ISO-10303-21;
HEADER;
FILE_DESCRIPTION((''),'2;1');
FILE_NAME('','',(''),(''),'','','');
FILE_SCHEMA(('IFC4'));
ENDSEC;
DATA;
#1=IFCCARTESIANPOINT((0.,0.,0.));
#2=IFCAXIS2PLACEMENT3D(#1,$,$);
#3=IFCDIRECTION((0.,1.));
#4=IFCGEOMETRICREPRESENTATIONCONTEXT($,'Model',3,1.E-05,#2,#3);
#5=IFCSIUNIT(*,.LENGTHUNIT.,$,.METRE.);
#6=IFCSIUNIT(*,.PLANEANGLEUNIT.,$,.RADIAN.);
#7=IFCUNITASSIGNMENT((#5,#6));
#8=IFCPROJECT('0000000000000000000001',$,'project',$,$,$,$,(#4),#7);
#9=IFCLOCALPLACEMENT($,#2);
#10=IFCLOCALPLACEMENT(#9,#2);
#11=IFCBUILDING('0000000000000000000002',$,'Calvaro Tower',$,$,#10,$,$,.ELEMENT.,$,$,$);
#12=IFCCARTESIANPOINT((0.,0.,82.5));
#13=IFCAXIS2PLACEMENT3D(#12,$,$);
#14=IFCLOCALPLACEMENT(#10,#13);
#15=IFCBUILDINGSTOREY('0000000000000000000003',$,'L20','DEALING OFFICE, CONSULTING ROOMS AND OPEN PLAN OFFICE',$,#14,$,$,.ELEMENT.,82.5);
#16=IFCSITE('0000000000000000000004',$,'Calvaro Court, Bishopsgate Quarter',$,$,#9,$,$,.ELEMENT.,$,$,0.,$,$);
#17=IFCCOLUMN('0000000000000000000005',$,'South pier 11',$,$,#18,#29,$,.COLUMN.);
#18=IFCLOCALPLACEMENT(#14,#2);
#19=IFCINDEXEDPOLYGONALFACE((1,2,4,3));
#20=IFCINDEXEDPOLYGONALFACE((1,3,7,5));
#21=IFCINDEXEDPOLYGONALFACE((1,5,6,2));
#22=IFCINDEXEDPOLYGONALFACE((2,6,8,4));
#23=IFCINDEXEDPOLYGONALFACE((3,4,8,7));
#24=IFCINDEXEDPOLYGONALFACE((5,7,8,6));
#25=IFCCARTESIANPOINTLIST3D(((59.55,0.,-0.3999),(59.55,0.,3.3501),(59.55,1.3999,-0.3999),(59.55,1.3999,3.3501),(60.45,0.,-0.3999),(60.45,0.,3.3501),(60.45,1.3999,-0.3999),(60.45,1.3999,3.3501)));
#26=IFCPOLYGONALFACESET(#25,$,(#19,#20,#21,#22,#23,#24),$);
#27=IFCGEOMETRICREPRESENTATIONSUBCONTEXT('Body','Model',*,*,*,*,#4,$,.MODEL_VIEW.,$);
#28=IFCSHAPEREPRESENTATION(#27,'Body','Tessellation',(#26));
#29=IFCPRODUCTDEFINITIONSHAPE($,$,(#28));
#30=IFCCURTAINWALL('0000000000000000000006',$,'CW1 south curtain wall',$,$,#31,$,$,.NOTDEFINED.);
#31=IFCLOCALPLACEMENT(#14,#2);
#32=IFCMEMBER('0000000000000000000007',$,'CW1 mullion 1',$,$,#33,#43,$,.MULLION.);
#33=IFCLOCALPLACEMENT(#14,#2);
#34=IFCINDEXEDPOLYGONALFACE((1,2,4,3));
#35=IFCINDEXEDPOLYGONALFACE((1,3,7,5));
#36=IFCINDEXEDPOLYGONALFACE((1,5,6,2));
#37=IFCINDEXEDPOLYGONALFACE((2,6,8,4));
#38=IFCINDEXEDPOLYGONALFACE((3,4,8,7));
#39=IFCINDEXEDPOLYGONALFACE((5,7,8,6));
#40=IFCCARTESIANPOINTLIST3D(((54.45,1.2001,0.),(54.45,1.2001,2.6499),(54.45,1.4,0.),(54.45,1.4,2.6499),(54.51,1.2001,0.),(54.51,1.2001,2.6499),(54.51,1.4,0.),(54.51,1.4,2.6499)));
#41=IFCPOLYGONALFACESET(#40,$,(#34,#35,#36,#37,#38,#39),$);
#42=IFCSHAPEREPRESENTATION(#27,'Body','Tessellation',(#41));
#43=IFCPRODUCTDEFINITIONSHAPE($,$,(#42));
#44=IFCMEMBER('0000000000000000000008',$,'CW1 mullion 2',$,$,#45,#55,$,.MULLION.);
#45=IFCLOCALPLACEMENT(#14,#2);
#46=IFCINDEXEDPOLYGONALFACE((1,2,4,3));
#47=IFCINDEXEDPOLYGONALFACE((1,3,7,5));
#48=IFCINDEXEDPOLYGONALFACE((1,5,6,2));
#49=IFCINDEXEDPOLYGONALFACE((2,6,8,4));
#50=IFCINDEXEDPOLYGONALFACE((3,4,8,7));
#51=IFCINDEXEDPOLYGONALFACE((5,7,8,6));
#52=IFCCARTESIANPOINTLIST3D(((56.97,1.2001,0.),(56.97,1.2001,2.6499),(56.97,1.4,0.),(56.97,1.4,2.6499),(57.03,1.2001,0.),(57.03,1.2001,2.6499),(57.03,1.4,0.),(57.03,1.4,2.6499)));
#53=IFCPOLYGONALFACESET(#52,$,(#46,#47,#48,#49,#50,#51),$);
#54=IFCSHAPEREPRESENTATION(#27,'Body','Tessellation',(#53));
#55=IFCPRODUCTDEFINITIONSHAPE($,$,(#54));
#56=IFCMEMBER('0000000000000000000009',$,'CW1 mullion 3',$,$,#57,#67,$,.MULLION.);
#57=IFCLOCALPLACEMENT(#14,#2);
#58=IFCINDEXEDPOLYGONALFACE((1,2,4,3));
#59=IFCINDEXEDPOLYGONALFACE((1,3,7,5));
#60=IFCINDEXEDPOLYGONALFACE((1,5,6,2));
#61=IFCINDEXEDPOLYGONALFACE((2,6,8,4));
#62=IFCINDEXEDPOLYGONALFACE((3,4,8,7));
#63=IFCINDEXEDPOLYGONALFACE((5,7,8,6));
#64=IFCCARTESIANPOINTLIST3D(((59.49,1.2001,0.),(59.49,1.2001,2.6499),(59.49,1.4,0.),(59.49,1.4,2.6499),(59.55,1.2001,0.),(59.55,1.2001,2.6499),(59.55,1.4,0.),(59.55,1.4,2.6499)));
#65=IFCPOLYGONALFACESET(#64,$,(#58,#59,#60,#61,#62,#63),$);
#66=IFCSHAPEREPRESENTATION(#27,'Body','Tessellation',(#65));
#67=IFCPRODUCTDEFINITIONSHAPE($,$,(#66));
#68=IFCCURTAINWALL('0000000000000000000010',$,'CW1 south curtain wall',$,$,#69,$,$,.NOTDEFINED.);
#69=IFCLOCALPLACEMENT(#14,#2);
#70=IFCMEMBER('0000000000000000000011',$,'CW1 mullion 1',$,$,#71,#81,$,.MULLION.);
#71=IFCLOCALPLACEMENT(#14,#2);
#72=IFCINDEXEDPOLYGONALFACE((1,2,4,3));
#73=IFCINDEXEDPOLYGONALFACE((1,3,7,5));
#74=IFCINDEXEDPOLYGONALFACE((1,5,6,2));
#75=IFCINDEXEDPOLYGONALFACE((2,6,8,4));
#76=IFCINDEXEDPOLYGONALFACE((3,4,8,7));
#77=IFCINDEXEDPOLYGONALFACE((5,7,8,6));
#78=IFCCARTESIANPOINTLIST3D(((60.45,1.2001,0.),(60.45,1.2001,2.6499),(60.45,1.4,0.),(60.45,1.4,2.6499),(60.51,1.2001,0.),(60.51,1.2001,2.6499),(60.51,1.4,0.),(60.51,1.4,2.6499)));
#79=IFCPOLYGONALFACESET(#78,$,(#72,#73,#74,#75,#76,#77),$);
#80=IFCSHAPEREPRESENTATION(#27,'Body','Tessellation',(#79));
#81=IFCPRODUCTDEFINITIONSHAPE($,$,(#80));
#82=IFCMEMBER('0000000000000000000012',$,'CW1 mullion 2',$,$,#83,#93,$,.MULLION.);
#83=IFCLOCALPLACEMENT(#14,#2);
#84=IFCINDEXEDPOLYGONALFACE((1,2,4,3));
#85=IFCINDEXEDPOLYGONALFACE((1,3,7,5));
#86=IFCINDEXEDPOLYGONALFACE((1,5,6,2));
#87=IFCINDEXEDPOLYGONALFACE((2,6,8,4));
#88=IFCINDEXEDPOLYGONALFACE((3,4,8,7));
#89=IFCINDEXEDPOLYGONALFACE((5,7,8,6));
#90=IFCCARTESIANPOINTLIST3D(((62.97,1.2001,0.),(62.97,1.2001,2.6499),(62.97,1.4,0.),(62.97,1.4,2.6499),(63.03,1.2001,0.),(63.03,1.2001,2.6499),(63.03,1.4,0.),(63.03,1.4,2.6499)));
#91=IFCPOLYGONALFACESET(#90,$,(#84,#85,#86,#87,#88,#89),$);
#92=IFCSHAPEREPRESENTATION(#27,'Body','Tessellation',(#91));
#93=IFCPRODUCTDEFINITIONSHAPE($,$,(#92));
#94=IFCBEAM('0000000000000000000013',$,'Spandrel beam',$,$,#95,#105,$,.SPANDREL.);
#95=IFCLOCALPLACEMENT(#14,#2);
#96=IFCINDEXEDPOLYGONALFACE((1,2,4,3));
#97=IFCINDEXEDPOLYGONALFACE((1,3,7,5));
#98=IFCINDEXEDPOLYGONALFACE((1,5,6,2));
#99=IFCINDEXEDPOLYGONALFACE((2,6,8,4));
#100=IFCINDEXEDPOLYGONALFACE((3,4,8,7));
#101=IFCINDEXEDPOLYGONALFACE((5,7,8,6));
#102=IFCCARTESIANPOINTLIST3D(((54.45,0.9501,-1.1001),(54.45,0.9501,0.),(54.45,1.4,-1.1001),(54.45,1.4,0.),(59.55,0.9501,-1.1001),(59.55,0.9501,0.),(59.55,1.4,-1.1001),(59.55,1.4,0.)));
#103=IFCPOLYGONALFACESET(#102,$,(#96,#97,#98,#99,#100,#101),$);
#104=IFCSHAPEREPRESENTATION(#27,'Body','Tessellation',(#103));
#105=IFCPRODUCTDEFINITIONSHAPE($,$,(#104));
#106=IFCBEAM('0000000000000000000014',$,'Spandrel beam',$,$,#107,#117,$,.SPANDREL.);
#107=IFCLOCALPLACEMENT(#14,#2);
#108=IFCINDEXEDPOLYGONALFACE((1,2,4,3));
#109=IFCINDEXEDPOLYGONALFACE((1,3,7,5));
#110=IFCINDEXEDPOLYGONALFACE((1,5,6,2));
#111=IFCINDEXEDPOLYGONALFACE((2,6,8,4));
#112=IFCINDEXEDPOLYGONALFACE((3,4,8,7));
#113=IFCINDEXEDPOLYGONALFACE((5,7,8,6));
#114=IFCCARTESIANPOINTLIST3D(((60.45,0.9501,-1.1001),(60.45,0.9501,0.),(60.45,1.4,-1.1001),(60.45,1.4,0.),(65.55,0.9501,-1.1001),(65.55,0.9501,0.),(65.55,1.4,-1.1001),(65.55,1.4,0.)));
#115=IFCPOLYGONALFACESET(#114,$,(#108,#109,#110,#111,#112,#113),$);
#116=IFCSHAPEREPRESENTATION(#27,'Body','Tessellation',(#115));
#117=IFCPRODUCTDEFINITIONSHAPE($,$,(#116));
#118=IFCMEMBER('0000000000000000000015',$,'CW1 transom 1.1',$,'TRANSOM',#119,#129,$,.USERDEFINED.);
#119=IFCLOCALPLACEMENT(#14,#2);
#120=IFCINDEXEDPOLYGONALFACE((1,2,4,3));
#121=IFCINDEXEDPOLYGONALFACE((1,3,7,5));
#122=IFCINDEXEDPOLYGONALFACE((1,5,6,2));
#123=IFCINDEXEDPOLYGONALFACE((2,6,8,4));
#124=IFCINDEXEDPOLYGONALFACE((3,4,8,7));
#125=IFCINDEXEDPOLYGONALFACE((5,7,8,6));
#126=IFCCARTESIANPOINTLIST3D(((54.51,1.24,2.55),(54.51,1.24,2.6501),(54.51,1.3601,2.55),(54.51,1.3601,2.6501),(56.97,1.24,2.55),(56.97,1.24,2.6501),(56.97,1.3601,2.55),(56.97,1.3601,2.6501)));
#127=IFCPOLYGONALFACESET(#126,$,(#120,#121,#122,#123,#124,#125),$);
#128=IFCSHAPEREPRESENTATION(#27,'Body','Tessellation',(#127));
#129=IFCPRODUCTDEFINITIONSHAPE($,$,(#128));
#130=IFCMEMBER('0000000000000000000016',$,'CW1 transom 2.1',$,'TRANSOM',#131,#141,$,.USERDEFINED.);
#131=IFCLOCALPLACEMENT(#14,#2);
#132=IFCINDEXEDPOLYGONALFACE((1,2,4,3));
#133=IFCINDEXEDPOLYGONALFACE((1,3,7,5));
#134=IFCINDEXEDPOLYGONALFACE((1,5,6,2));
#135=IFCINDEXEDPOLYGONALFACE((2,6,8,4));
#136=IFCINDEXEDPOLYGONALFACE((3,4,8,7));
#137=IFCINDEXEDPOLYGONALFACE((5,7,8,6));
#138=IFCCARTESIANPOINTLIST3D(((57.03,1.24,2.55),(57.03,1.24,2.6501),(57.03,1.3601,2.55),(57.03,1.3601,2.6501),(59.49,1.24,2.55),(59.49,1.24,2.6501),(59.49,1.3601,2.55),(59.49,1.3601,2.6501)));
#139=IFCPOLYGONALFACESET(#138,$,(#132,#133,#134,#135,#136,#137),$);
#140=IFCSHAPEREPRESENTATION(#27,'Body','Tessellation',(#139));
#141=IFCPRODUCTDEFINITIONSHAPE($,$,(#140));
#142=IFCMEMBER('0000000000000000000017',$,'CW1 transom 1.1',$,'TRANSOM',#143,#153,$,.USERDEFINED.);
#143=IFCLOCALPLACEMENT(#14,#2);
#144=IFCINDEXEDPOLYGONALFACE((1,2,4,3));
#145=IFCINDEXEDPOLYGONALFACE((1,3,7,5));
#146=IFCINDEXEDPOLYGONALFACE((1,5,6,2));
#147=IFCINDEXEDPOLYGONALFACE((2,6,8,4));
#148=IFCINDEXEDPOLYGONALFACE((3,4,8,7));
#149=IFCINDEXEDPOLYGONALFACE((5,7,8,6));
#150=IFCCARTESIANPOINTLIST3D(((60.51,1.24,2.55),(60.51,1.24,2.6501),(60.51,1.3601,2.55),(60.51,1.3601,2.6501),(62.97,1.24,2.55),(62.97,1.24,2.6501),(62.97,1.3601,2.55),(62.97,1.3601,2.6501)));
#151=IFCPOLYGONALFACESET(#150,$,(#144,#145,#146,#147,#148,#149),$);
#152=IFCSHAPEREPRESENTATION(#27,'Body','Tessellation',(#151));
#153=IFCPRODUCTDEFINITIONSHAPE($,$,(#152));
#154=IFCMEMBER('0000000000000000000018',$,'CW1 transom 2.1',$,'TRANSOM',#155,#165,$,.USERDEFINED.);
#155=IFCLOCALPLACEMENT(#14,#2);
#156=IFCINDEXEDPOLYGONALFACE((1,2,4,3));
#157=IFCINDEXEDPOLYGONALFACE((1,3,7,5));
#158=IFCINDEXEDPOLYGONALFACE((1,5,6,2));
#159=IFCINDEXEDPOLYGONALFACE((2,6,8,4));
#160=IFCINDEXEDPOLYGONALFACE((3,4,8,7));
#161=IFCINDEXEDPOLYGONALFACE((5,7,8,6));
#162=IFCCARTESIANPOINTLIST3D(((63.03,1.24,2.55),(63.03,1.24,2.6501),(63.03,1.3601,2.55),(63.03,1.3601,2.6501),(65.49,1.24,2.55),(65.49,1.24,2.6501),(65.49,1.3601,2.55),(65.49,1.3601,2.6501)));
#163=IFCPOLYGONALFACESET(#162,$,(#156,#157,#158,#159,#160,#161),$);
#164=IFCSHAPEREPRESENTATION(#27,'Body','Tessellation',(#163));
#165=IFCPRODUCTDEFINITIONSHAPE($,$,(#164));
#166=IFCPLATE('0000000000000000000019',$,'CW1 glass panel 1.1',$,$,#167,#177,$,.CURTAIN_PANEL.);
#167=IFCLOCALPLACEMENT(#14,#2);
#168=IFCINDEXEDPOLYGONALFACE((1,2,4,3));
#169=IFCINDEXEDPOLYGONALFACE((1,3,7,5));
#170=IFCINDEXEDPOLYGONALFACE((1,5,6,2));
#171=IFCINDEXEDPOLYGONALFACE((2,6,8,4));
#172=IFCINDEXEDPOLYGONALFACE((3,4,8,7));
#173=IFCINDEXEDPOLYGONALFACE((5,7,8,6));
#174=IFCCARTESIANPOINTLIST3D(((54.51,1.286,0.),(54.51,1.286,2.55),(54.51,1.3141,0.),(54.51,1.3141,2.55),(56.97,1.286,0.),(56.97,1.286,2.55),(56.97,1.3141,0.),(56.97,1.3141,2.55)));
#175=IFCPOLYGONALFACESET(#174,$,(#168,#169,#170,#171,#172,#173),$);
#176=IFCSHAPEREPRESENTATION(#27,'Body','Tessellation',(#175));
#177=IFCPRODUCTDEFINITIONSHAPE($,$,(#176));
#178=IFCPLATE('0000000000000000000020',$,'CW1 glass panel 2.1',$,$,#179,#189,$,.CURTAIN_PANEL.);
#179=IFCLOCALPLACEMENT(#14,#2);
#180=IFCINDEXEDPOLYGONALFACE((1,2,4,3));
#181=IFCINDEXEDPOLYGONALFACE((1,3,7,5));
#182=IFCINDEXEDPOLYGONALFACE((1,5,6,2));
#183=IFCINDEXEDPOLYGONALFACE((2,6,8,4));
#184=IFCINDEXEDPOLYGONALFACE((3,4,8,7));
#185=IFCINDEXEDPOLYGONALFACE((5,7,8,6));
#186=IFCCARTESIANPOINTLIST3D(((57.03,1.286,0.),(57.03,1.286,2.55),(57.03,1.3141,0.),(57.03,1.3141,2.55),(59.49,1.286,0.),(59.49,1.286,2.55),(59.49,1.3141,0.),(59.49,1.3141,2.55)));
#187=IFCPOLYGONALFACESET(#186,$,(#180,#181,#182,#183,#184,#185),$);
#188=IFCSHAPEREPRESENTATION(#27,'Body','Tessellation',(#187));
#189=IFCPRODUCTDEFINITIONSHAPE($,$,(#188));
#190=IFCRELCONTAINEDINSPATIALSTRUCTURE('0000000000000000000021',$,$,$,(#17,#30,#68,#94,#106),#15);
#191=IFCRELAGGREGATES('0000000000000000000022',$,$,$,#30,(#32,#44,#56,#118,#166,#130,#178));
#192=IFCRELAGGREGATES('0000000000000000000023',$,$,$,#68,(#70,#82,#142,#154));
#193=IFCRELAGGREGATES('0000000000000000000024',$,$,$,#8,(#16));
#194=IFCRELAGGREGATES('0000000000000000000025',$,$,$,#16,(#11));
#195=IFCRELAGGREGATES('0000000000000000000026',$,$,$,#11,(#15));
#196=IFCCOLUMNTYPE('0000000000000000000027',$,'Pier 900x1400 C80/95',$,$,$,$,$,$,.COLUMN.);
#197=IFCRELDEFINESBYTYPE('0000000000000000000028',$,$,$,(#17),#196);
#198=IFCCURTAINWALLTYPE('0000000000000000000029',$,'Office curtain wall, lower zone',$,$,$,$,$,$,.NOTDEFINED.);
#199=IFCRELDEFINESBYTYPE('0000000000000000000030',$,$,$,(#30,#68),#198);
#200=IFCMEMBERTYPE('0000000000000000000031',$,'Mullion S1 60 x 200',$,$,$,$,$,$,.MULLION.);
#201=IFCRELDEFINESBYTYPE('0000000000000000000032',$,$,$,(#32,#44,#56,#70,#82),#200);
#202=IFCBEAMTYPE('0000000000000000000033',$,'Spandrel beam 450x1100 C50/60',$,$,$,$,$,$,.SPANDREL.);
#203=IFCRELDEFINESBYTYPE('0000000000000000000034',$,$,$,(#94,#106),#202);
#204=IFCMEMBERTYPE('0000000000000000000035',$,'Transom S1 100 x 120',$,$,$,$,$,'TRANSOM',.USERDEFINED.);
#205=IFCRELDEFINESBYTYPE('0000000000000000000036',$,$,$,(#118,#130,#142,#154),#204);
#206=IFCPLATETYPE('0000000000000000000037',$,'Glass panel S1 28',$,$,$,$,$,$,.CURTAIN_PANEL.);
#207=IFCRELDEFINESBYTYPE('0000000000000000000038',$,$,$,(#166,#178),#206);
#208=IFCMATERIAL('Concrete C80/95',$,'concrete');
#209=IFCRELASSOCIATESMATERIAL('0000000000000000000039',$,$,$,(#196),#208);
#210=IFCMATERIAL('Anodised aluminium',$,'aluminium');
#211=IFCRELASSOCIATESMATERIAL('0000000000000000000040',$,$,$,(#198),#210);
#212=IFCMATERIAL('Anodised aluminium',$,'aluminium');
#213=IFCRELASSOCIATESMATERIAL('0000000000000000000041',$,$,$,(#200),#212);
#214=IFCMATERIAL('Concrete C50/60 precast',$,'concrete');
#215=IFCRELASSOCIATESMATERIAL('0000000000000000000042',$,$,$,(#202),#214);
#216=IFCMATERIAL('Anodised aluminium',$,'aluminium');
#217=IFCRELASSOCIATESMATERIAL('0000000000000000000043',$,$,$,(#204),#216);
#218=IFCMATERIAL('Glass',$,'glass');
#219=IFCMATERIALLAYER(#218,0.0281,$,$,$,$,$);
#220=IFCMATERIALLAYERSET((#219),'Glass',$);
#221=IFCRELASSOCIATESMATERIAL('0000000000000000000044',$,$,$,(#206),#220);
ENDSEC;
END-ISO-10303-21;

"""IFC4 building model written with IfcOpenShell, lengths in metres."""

from ifc_helpers import new_model, si_unit, direction, frame, origin, origin_2d, place, context, subcontext, project, spatial, rectangle, extrude, material, layer, layer_set, material_profile, profile_set, type_object, element, aggregate, save


model = new_model("IFC4")

# Units and contexts
model_context = context("Model", 3, precision=1e-05, world=origin(), true_north=direction((0.0, 1.0)))
body_context = subcontext(model_context, "Body", "Model", "MODEL_VIEW")
ifc_project = project(units=[si_unit("LENGTHUNIT", "METRE"), si_unit("PLANEANGLEUNIT", "RADIAN")], contexts=[model_context])

# Site, building, storey
site_placement = place(None, origin())
site = spatial("IfcSite", under=ifc_project, at=site_placement, Name="Calvaro Court, Bishopsgate Quarter", CompositionType="ELEMENT", RefElevation=0.0)
building_placement = place(site_placement, origin())
building = spatial("IfcBuilding", under=site, at=building_placement, Name="Calvaro Tower", CompositionType="ELEMENT")
storey_placement = place(building_placement, frame((0.0, 0.0, 82.5)))
storey = spatial("IfcBuildingStorey", under=building, at=storey_placement, Name="L20", Description="DEALING OFFICE, CONSULTING ROOMS AND OPEN PLAN OFFICE", CompositionType="ELEMENT", Elevation=82.5)

# Column
ifc_material_1 = material(Name="Concrete C80/95", Category="concrete")
ifc_material_profile_1 = material_profile(ifc_material_1, rectangle(XDim=0.8999, YDim=1.3999, at=origin_2d()), Name="RC 900x1400")
ifc_profile_set_1 = profile_set([ifc_material_profile_1], Name="Concrete C80/95")
column_type = type_object("IfcColumnType", Name="Pier 900x1400 C80/95", PredefinedType="COLUMN", material=ifc_profile_set_1)
column_placement = place(storey_placement, frame((60.0, 0.7, -0.3999), z_axis=(0.0, 0.0, 1.0), x_axis=(1.0, 0.0, 0.0)))
element("IfcColumn", 1, at=column_placement, inside=storey, type_object=column_type, Name="South pier 11", PredefinedType="COLUMN", context=body_context, shape_type="SweptSolid", body=[
    extrude(rectangle(XDim=0.8999, YDim=1.3999, at=origin_2d()), origin(), (0.0, 0.0, 1.0), 3.75),
])

# Curtain walls, members
ifc_material_2 = material(Name="Anodised aluminium", Category="aluminium")
curtain_wall_type = type_object("IfcCurtainWallType", Name="Office curtain wall, lower zone", PredefinedType="NOTDEFINED", material=ifc_material_2)
curtain_wall_1_placement = place(storey_placement, origin())
curtain_wall_1 = element("IfcCurtainWall", 2, at=curtain_wall_1_placement, inside=storey, type_object=curtain_wall_type, Name="CW1 south curtain wall", PredefinedType="NOTDEFINED")
ifc_material_3 = material(Name="Anodised aluminium", Category="aluminium")
ifc_material_profile_2 = material_profile(ifc_material_3, rectangle(XDim=0.2, YDim=0.0601, at=origin_2d()), Name="Mullion S1 60 x 200")
ifc_profile_set_2 = profile_set([ifc_material_profile_2], Name="Anodised aluminium")
member_type_1 = type_object("IfcMemberType", Name="Mullion S1 60 x 200", PredefinedType="MULLION", material=ifc_profile_set_2)
member_1_placement = place(storey_placement, frame((54.48, 1.3, 0.0), z_axis=(0.0, 0.0, 1.0), x_axis=(0.0, 1.0, 0.0)))
member_1 = element("IfcMember", 3, at=member_1_placement, type_object=member_type_1, Name="CW1 mullion 1", PredefinedType="MULLION", context=body_context, shape_type="SweptSolid", body=[
    extrude(rectangle(XDim=0.2, YDim=0.0601, at=origin_2d()), origin(), (0.0, 0.0, 1.0), 2.6499),
])
member_2_placement = place(storey_placement, frame((57.0, 1.3, 0.0), z_axis=(0.0, 0.0, 1.0), x_axis=(0.0, 1.0, 0.0)))
member_2 = element("IfcMember", 4, at=member_2_placement, type_object=member_type_1, Name="CW1 mullion 2", PredefinedType="MULLION", context=body_context, shape_type="SweptSolid", body=[
    extrude(rectangle(XDim=0.2, YDim=0.0601, at=origin_2d()), origin(), (0.0, 0.0, 1.0), 2.6499),
])
member_3_placement = place(storey_placement, frame((59.52, 1.3, 0.0), z_axis=(0.0, 0.0, 1.0), x_axis=(0.0, 1.0, 0.0)))
member_3 = element("IfcMember", 5, at=member_3_placement, type_object=member_type_1, Name="CW1 mullion 3", PredefinedType="MULLION", context=body_context, shape_type="SweptSolid", body=[
    extrude(rectangle(XDim=0.2, YDim=0.0601, at=origin_2d()), origin(), (0.0, 0.0, 1.0), 2.6499),
])
curtain_wall_2_placement = place(storey_placement, origin())
curtain_wall_2 = element("IfcCurtainWall", 6, at=curtain_wall_2_placement, inside=storey, type_object=curtain_wall_type, Name="CW1 south curtain wall", PredefinedType="NOTDEFINED")
member_4_placement = place(storey_placement, frame((60.48, 1.3, 0.0), z_axis=(0.0, 0.0, 1.0), x_axis=(0.0, 1.0, 0.0)))
member_4 = element("IfcMember", 7, at=member_4_placement, type_object=member_type_1, Name="CW1 mullion 1", PredefinedType="MULLION", context=body_context, shape_type="SweptSolid", body=[
    extrude(rectangle(XDim=0.2, YDim=0.0601, at=origin_2d()), origin(), (0.0, 0.0, 1.0), 2.6499),
])
member_5_placement = place(storey_placement, frame((63.0, 1.3, 0.0), z_axis=(0.0, 0.0, 1.0), x_axis=(0.0, 1.0, 0.0)))
member_5 = element("IfcMember", 8, at=member_5_placement, type_object=member_type_1, Name="CW1 mullion 2", PredefinedType="MULLION", context=body_context, shape_type="SweptSolid", body=[
    extrude(rectangle(XDim=0.2, YDim=0.0601, at=origin_2d()), origin(), (0.0, 0.0, 1.0), 2.6499),
])

# Beams
ifc_material_4 = material(Name="Concrete C50/60 precast", Category="concrete")
ifc_material_profile_3 = material_profile(ifc_material_4, rectangle(XDim=0.45, YDim=1.1001, at=origin_2d()), Name="RC 450x1100")
ifc_profile_set_3 = profile_set([ifc_material_profile_3], Name="Concrete C50/60 precast")
beam_type = type_object("IfcBeamType", Name="Spandrel beam 450x1100 C50/60", PredefinedType="SPANDREL", material=ifc_profile_set_3)
for number, where, z_axis, x_axis, name in (
    (9, (54.45, 1.175, -0.55), (1.0, 0.0, 0.0), (0.0, 1.0, 0.0), "Spandrel beam"),
    (10, (60.45, 1.175, -0.55), (1.0, 0.0, 0.0), (0.0, 1.0, 0.0), "Spandrel beam"),
):
    element("IfcBeam", number, at=place(storey_placement, frame(where, z_axis=z_axis, x_axis=x_axis)), inside=storey, type_object=beam_type, Name=name, PredefinedType="SPANDREL", context=body_context, shape_type="SweptSolid", body=[
        extrude(rectangle(XDim=0.45, YDim=1.1001, at=origin_2d()), origin(), (0.0, 0.0, 1.0), 5.1001),
    ])

# Members
ifc_material_5 = material(Name="Anodised aluminium", Category="aluminium")
ifc_material_profile_4 = material_profile(ifc_material_5, rectangle(XDim=0.1201, YDim=0.1001, at=origin_2d()), Name="Transom S1 100 x 120")
ifc_profile_set_4 = profile_set([ifc_material_profile_4], Name="Anodised aluminium")
member_type_2 = type_object("IfcMemberType", Name="Transom S1 100 x 120", ElementType="TRANSOM", PredefinedType="USERDEFINED", material=ifc_profile_set_4)
member_6_placement = place(storey_placement, frame((54.51, 1.3, 2.6001), z_axis=(1.0, 0.0, 0.0), x_axis=(0.0, 1.0, 0.0)))
member_6 = element("IfcMember", 11, at=member_6_placement, type_object=member_type_2, Name="CW1 transom 1.1", ObjectType="TRANSOM", PredefinedType="USERDEFINED", context=body_context, shape_type="SweptSolid", body=[
    extrude(rectangle(XDim=0.1201, YDim=0.1001, at=origin_2d()), origin(), (0.0, 0.0, 1.0), 2.46),
])
member_7_placement = place(storey_placement, frame((57.03, 1.3, 2.6001), z_axis=(1.0, 0.0, 0.0), x_axis=(0.0, 1.0, 0.0)))
member_7 = element("IfcMember", 12, at=member_7_placement, type_object=member_type_2, Name="CW1 transom 2.1", ObjectType="TRANSOM", PredefinedType="USERDEFINED", context=body_context, shape_type="SweptSolid", body=[
    extrude(rectangle(XDim=0.1201, YDim=0.1001, at=origin_2d()), origin(), (0.0, 0.0, 1.0), 2.46),
])
member_8_placement = place(storey_placement, frame((60.51, 1.3, 2.6001), z_axis=(1.0, 0.0, 0.0), x_axis=(0.0, 1.0, 0.0)))
member_8 = element("IfcMember", 13, at=member_8_placement, type_object=member_type_2, Name="CW1 transom 1.1", ObjectType="TRANSOM", PredefinedType="USERDEFINED", context=body_context, shape_type="SweptSolid", body=[
    extrude(rectangle(XDim=0.1201, YDim=0.1001, at=origin_2d()), origin(), (0.0, 0.0, 1.0), 2.46),
])
member_9_placement = place(storey_placement, frame((63.03, 1.3, 2.6001), z_axis=(1.0, 0.0, 0.0), x_axis=(0.0, 1.0, 0.0)))
member_9 = element("IfcMember", 14, at=member_9_placement, type_object=member_type_2, Name="CW1 transom 2.1", ObjectType="TRANSOM", PredefinedType="USERDEFINED", context=body_context, shape_type="SweptSolid", body=[
    extrude(rectangle(XDim=0.1201, YDim=0.1001, at=origin_2d()), origin(), (0.0, 0.0, 1.0), 2.46),
])

# Plates
ifc_material_6 = material(Name="Glass", Category="glass")
ifc_layer_1 = layer(ifc_material_6, 0.0281)
ifc_layer_set_1 = layer_set([ifc_layer_1], Name="Glass")
plate_type = type_object("IfcPlateType", Name="Glass panel S1 28", PredefinedType="CURTAIN_PANEL", material=ifc_layer_set_1)
plate_1_placement = place(storey_placement, frame((55.74, 1.3, 0.0), z_axis=(0.0, 0.0, 1.0), x_axis=(1.0, 0.0, 0.0)))
plate_1 = element("IfcPlate", 15, at=plate_1_placement, type_object=plate_type, Name="CW1 glass panel 1.1", PredefinedType="CURTAIN_PANEL", context=body_context, shape_type="SweptSolid", body=[
    extrude(rectangle(XDim=2.46, YDim=0.0281, at=origin_2d()), origin(), (0.0, 0.0, 1.0), 2.55),
])
plate_2_placement = place(storey_placement, frame((58.26, 1.3, 0.0), z_axis=(0.0, 0.0, 1.0), x_axis=(1.0, 0.0, 0.0)))
plate_2 = element("IfcPlate", 16, at=plate_2_placement, type_object=plate_type, Name="CW1 glass panel 2.1", PredefinedType="CURTAIN_PANEL", context=body_context, shape_type="SweptSolid", body=[
    extrude(rectangle(XDim=2.46, YDim=0.0281, at=origin_2d()), origin(), (0.0, 0.0, 1.0), 2.55),
])
aggregate(curtain_wall_1, [member_1, member_2, member_3, member_6, plate_1, member_7, plate_2])
aggregate(curtain_wall_2, [member_4, member_5, member_8, member_9])

save(model, "model.ifc")
